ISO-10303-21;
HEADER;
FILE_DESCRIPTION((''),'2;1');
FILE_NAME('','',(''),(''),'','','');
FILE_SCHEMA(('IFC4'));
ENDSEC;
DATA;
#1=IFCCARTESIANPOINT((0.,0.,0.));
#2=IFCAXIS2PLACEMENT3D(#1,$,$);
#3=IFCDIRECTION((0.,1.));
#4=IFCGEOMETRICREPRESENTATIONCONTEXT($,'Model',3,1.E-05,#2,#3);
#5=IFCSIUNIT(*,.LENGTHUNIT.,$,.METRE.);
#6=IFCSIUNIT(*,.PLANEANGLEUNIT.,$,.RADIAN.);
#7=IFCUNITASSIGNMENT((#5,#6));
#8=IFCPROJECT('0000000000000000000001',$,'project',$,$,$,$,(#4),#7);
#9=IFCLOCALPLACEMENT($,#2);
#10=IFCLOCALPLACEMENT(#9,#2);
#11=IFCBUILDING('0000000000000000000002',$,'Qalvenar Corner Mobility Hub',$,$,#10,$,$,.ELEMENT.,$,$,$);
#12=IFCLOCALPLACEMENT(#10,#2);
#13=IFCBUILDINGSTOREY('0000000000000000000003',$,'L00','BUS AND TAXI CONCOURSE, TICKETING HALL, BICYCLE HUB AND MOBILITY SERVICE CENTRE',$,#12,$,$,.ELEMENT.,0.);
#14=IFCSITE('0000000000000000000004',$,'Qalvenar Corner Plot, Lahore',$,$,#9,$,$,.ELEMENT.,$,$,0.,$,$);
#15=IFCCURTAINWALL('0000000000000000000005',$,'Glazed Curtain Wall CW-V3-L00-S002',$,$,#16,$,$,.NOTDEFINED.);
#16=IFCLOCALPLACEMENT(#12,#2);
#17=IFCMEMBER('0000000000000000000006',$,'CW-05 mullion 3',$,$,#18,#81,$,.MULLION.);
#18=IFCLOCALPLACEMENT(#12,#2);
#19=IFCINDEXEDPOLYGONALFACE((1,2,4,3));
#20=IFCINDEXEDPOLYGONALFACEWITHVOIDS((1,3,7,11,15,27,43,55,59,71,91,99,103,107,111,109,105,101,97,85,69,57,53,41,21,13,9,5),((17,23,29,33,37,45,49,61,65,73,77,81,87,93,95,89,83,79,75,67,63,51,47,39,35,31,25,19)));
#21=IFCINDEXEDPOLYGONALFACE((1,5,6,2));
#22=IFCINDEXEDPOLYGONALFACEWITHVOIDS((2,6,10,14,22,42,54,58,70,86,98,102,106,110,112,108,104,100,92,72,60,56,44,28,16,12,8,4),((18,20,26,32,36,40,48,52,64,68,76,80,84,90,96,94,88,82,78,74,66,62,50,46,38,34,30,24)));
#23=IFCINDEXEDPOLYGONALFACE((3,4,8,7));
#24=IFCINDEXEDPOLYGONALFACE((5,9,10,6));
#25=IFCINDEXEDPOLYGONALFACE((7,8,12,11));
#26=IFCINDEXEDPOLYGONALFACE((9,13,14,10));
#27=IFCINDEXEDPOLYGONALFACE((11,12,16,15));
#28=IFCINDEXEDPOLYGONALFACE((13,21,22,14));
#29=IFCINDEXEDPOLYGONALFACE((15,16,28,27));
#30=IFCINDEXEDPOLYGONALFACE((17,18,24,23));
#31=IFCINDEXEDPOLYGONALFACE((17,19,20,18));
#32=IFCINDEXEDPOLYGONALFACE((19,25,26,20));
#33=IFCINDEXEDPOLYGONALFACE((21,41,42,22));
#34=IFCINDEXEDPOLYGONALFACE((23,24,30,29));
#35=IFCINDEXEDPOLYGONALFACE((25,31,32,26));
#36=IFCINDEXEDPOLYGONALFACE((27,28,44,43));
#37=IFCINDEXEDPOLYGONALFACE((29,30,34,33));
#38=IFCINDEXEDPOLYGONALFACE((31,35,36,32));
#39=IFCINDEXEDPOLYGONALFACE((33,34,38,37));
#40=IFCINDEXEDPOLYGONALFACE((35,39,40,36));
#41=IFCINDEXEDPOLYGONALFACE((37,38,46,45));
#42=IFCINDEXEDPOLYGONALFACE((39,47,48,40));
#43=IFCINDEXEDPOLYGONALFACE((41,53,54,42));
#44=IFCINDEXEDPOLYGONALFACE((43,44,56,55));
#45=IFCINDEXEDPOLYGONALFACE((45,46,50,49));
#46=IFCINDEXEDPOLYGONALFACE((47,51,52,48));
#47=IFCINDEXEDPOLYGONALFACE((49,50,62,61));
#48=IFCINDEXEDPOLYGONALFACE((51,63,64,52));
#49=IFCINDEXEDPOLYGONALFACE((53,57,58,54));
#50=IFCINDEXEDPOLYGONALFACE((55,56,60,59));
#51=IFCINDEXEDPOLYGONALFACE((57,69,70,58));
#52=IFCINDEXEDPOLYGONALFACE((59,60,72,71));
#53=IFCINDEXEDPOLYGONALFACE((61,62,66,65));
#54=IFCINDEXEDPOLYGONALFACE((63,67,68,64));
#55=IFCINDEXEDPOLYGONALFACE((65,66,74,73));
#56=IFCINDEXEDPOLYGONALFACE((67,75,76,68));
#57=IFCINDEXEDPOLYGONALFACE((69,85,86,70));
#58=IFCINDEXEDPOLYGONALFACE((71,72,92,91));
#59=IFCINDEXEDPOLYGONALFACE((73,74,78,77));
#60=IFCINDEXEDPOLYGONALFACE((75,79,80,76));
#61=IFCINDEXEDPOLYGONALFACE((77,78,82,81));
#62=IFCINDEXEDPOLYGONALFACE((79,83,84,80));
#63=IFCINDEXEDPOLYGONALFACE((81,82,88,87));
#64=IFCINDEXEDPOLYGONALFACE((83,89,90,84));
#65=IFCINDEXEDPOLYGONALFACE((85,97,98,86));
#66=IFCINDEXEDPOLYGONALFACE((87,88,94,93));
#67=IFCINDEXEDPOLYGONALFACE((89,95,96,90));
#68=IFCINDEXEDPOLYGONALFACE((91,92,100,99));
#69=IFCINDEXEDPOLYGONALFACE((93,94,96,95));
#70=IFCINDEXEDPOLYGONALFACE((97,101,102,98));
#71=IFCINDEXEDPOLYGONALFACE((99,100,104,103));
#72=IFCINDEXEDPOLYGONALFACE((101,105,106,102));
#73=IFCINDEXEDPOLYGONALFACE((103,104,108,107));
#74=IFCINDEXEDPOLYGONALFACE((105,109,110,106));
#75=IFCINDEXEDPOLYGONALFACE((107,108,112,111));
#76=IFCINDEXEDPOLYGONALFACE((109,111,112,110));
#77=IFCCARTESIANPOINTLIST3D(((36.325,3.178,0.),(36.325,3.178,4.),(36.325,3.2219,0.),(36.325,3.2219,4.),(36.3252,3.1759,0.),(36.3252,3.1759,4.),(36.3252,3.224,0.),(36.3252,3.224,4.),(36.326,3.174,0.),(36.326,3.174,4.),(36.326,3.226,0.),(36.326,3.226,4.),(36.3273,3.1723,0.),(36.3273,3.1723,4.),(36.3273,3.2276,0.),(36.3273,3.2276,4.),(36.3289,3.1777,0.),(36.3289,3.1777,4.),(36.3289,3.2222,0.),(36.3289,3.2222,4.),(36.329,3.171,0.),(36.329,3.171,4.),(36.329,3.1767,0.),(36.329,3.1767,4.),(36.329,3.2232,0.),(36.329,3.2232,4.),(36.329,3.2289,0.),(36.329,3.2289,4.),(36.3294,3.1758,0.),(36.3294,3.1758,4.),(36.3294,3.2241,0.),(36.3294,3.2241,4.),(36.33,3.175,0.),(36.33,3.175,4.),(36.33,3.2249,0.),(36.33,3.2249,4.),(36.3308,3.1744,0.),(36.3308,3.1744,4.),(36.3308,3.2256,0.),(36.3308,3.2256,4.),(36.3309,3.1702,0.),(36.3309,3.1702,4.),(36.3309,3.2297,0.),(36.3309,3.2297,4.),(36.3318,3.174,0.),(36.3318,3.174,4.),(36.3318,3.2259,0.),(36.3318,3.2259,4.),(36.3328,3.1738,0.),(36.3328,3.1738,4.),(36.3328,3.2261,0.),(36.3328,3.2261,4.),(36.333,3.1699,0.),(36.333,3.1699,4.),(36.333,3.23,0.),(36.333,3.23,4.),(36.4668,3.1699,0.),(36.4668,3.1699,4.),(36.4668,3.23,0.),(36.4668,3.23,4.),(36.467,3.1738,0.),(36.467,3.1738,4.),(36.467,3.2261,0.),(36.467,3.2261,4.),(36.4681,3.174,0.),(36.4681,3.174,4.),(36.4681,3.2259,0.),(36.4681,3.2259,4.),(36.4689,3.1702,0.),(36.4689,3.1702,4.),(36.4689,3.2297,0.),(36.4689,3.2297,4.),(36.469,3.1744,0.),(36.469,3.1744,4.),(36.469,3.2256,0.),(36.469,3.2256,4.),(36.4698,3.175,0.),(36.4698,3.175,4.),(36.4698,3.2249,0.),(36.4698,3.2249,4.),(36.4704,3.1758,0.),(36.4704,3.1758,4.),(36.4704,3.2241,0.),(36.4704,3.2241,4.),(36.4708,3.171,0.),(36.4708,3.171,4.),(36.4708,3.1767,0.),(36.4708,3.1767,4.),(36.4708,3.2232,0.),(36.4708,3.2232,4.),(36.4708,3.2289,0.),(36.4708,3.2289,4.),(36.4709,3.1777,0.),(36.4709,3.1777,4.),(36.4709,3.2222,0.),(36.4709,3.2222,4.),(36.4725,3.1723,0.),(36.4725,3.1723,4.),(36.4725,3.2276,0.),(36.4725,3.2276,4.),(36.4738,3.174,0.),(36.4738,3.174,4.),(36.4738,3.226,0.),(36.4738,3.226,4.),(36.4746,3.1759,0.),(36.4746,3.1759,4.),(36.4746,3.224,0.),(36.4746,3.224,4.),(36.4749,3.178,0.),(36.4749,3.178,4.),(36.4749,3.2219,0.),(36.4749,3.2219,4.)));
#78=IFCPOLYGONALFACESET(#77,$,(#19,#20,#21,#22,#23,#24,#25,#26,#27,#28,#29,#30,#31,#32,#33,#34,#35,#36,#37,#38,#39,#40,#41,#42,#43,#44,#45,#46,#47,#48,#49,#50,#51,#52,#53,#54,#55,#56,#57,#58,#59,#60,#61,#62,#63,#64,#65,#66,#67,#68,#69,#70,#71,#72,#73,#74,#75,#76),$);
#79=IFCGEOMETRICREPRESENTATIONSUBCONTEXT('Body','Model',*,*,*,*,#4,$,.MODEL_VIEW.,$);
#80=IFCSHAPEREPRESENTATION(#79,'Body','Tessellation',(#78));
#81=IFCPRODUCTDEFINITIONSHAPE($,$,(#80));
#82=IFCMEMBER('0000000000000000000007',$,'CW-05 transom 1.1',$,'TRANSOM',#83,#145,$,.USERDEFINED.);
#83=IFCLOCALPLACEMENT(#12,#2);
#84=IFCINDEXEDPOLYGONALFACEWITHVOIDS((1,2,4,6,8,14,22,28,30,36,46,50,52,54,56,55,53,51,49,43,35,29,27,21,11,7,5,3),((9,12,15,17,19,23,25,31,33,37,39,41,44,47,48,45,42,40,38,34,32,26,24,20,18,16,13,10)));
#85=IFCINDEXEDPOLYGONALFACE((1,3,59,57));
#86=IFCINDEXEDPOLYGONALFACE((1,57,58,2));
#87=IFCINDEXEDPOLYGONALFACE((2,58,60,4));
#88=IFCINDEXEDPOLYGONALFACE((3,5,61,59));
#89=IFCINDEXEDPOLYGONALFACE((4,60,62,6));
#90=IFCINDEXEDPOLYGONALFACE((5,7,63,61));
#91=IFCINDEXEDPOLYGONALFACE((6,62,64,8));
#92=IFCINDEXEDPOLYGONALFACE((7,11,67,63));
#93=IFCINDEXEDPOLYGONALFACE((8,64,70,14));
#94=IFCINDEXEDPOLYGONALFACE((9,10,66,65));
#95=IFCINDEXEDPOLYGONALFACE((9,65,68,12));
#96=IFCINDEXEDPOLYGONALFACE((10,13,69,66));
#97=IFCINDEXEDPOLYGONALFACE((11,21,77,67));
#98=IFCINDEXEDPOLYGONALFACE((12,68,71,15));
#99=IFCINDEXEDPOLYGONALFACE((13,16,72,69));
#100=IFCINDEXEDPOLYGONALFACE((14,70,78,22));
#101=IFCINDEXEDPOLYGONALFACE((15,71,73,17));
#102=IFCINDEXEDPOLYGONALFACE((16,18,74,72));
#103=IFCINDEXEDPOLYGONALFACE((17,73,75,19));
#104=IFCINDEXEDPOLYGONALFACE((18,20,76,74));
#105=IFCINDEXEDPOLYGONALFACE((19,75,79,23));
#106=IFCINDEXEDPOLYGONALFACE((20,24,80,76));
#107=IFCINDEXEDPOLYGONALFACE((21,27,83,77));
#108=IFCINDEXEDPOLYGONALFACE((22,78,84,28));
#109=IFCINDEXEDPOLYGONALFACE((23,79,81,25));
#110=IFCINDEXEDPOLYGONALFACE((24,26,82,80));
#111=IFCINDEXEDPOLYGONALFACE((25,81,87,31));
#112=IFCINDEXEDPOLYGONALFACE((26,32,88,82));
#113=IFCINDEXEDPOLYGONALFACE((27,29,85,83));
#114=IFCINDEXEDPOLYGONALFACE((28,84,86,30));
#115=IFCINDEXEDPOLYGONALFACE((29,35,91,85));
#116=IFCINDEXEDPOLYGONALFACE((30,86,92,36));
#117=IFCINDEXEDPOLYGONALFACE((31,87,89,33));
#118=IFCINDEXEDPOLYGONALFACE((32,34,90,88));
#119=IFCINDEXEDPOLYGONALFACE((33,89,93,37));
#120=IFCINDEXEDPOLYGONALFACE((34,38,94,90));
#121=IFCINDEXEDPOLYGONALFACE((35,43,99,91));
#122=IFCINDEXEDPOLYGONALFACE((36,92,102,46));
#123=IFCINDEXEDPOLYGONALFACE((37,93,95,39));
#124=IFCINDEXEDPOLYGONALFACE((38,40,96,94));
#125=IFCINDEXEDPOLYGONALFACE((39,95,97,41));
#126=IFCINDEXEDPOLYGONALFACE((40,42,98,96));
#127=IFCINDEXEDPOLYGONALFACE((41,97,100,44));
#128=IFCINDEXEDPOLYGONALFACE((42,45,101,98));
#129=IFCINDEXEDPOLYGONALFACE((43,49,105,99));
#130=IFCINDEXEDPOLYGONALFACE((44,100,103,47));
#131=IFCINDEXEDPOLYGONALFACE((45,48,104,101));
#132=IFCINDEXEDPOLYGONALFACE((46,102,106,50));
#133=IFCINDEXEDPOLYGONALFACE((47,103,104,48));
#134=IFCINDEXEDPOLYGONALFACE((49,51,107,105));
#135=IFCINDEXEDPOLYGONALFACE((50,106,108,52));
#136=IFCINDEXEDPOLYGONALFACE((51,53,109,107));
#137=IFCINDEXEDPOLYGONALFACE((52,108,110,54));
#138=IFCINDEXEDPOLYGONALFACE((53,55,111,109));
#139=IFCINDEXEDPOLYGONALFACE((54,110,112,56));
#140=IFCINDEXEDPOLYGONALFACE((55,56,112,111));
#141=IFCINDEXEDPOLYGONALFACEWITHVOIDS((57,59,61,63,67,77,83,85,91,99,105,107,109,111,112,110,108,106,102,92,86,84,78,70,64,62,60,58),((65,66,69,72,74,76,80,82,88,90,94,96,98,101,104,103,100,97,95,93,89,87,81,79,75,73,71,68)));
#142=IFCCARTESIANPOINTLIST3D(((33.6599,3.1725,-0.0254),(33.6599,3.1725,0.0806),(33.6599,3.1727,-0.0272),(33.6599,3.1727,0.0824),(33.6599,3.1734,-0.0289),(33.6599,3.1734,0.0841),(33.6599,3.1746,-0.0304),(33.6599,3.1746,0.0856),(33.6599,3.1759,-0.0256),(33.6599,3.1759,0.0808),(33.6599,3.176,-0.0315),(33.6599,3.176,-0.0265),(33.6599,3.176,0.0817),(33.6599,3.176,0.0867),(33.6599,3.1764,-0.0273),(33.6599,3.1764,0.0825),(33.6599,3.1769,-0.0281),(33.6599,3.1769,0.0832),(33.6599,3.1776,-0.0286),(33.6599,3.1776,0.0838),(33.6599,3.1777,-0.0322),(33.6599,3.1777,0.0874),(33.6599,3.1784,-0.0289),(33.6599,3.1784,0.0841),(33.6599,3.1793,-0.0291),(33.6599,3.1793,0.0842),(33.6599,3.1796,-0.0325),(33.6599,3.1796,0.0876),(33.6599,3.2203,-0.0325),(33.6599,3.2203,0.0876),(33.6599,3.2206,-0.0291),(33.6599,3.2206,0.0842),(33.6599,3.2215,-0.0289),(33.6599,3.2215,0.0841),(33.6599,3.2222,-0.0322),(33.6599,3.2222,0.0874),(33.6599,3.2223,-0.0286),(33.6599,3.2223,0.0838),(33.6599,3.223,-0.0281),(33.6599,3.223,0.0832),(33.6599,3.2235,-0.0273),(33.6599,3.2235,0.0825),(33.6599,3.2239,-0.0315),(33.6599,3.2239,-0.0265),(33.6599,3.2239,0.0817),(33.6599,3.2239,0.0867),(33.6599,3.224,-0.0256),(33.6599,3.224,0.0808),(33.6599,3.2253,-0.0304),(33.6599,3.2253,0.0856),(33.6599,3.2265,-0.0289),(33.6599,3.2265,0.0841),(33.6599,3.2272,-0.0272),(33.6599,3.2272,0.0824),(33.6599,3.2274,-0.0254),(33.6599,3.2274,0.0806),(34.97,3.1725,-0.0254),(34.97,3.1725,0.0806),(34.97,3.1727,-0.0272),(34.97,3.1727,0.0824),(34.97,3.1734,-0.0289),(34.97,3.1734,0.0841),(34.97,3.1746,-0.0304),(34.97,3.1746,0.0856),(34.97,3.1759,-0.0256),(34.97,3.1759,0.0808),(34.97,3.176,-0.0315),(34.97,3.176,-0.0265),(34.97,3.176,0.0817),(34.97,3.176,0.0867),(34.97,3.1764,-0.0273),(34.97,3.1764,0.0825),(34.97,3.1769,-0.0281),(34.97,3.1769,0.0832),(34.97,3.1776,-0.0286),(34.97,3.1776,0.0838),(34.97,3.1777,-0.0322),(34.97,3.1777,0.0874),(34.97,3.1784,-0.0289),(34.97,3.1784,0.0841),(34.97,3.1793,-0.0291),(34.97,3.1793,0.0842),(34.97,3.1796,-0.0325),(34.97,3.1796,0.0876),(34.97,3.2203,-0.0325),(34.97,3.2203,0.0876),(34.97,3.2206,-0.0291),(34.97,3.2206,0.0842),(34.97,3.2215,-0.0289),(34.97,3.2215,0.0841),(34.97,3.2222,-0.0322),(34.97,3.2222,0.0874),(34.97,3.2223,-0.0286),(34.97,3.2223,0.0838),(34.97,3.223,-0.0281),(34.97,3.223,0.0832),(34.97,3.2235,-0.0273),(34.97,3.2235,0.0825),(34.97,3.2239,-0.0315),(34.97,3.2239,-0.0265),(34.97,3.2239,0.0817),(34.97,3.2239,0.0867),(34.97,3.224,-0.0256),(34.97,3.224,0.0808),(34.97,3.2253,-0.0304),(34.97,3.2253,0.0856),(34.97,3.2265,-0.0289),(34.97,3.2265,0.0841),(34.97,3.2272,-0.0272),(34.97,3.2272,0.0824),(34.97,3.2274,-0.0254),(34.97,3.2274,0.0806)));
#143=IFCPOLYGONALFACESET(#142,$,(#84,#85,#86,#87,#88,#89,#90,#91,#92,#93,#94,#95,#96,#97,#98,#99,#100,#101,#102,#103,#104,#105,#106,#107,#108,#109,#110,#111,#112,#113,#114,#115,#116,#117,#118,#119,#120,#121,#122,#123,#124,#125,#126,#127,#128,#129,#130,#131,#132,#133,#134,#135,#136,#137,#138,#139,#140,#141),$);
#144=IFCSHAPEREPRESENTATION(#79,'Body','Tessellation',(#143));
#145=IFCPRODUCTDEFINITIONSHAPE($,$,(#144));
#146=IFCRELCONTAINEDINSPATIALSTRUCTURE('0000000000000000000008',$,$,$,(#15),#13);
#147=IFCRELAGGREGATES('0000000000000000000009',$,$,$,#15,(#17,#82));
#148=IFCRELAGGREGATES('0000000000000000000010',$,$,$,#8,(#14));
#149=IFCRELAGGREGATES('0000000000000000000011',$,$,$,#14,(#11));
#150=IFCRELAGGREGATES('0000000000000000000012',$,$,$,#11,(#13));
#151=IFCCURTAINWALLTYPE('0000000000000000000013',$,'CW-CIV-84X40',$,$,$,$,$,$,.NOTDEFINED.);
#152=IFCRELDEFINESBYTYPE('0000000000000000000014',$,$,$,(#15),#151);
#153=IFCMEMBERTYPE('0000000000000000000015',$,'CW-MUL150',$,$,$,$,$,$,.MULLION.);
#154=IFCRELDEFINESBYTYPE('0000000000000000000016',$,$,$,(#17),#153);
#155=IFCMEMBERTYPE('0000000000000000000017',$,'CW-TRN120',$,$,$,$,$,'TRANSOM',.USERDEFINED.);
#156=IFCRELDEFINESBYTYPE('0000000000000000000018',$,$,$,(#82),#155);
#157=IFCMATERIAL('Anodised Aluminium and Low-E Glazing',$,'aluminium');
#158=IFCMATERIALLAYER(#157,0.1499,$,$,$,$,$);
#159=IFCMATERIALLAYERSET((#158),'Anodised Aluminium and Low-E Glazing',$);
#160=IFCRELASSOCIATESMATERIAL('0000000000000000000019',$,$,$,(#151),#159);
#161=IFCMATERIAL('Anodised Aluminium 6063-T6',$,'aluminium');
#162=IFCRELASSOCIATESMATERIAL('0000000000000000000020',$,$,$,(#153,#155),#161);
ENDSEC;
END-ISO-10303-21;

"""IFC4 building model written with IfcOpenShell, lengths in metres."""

from ifc_helpers import new_model, si_unit, direction, frame, origin, origin_2d, place, context, subcontext, project, spatial, hollow_rectangle, extrude, material, layer, layer_set, material_profile, profile_set, type_object, element, aggregate, save


model = new_model("IFC4")

# Units and contexts
model_context = context("Model", 3, precision=1e-05, world=origin(), true_north=direction((0.0, 1.0)))
body_context = subcontext(model_context, "Body", "Model", "MODEL_VIEW")
ifc_project = project(units=[si_unit("LENGTHUNIT", "METRE"), si_unit("PLANEANGLEUNIT", "RADIAN")], contexts=[model_context])

# Site, building, storey
site_placement = place(None, origin())
site = spatial("IfcSite", under=ifc_project, at=site_placement, Name="Qalvenar Corner Plot, Lahore", CompositionType="ELEMENT", RefElevation=0.0)
building_placement = place(site_placement, origin())
building = spatial("IfcBuilding", under=site, at=building_placement, Name="Qalvenar Corner Mobility Hub", CompositionType="ELEMENT")
storey_placement = place(building_placement, origin())
storey = spatial("IfcBuildingStorey", under=building, at=storey_placement, Name="L00", Description="BUS AND TAXI CONCOURSE, TICKETING HALL, BICYCLE HUB AND MOBILITY SERVICE CENTRE", CompositionType="ELEMENT", Elevation=0.0)

# Curtain wall, members
ifc_material_1 = material(Name="Anodised Aluminium and Low-E Glazing", Category="aluminium")
ifc_layer_1 = layer(ifc_material_1, 0.1499)
ifc_layer_set_1 = layer_set([ifc_layer_1], Name="Anodised Aluminium and Low-E Glazing")
curtain_wall_type = type_object("IfcCurtainWallType", Name="CW-CIV-84X40", PredefinedType="NOTDEFINED", material=ifc_layer_set_1)
curtain_wall_placement = place(storey_placement, origin())
curtain_wall = element("IfcCurtainWall", 1, at=curtain_wall_placement, inside=storey, type_object=curtain_wall_type, Name="Glazed Curtain Wall CW-V3-L00-S002", PredefinedType="NOTDEFINED")
ifc_material_2 = material(Name="Anodised Aluminium 6063-T6", Category="aluminium")
ifc_material_profile_1 = material_profile(ifc_material_2, hollow_rectangle(XDim=0.0601, YDim=0.1499, WallThickness=0.0039, InnerFilletRadius=0.0039, OuterFilletRadius=0.0081, at=origin_2d()), Name="RHS150x60x4")
ifc_profile_set_1 = profile_set([ifc_material_profile_1], Name="Anodised Aluminium 6063-T6")
member_type_1 = type_object("IfcMemberType", Name="CW-MUL150", PredefinedType="MULLION", material=ifc_profile_set_1)
member_1_placement = place(storey_placement, frame((36.3999, 3.2, 0.0), z_axis=(0.0, 0.0, 1.0), x_axis=(0.0, 1.0, 0.0)))
member_1 = element("IfcMember", 2, at=member_1_placement, type_object=member_type_1, Name="CW-05 mullion 3", PredefinedType="MULLION", context=body_context, shape_type="SweptSolid", body=[
    extrude(hollow_rectangle(XDim=0.0601, YDim=0.1499, WallThickness=0.0039, InnerFilletRadius=0.0039, OuterFilletRadius=0.0081, at=origin_2d()), origin(), (0.0, 0.0, 1.0), 4.0),
])
ifc_material_profile_2 = material_profile(ifc_material_2, hollow_rectangle(XDim=0.0549, YDim=0.1201, WallThickness=0.0034, InnerFilletRadius=0.0034, OuterFilletRadius=0.0071, at=origin_2d()), Name="RHS120x55x3.5")
ifc_profile_set_2 = profile_set([ifc_material_profile_2], Name="Anodised Aluminium 6063-T6")
member_type_2 = type_object("IfcMemberType", Name="CW-TRN120", ElementType="TRANSOM", PredefinedType="USERDEFINED", material=ifc_profile_set_2)
member_2_placement = place(storey_placement, frame((33.6599, 3.2, 0.0276), z_axis=(1.0, 0.0, 0.0), x_axis=(0.0, 1.0, 0.0)))
member_2 = element("IfcMember", 3, at=member_2_placement, type_object=member_type_2, Name="CW-05 transom 1.1", ObjectType="TRANSOM", PredefinedType="USERDEFINED", context=body_context, shape_type="SweptSolid", body=[
    extrude(hollow_rectangle(XDim=0.0549, YDim=0.1201, WallThickness=0.0034, InnerFilletRadius=0.0034, OuterFilletRadius=0.0071, at=origin_2d()), origin(), (0.0, 0.0, 1.0), 1.3101),
])
aggregate(curtain_wall, [member_1, member_2])

save(model, "model.ifc")
